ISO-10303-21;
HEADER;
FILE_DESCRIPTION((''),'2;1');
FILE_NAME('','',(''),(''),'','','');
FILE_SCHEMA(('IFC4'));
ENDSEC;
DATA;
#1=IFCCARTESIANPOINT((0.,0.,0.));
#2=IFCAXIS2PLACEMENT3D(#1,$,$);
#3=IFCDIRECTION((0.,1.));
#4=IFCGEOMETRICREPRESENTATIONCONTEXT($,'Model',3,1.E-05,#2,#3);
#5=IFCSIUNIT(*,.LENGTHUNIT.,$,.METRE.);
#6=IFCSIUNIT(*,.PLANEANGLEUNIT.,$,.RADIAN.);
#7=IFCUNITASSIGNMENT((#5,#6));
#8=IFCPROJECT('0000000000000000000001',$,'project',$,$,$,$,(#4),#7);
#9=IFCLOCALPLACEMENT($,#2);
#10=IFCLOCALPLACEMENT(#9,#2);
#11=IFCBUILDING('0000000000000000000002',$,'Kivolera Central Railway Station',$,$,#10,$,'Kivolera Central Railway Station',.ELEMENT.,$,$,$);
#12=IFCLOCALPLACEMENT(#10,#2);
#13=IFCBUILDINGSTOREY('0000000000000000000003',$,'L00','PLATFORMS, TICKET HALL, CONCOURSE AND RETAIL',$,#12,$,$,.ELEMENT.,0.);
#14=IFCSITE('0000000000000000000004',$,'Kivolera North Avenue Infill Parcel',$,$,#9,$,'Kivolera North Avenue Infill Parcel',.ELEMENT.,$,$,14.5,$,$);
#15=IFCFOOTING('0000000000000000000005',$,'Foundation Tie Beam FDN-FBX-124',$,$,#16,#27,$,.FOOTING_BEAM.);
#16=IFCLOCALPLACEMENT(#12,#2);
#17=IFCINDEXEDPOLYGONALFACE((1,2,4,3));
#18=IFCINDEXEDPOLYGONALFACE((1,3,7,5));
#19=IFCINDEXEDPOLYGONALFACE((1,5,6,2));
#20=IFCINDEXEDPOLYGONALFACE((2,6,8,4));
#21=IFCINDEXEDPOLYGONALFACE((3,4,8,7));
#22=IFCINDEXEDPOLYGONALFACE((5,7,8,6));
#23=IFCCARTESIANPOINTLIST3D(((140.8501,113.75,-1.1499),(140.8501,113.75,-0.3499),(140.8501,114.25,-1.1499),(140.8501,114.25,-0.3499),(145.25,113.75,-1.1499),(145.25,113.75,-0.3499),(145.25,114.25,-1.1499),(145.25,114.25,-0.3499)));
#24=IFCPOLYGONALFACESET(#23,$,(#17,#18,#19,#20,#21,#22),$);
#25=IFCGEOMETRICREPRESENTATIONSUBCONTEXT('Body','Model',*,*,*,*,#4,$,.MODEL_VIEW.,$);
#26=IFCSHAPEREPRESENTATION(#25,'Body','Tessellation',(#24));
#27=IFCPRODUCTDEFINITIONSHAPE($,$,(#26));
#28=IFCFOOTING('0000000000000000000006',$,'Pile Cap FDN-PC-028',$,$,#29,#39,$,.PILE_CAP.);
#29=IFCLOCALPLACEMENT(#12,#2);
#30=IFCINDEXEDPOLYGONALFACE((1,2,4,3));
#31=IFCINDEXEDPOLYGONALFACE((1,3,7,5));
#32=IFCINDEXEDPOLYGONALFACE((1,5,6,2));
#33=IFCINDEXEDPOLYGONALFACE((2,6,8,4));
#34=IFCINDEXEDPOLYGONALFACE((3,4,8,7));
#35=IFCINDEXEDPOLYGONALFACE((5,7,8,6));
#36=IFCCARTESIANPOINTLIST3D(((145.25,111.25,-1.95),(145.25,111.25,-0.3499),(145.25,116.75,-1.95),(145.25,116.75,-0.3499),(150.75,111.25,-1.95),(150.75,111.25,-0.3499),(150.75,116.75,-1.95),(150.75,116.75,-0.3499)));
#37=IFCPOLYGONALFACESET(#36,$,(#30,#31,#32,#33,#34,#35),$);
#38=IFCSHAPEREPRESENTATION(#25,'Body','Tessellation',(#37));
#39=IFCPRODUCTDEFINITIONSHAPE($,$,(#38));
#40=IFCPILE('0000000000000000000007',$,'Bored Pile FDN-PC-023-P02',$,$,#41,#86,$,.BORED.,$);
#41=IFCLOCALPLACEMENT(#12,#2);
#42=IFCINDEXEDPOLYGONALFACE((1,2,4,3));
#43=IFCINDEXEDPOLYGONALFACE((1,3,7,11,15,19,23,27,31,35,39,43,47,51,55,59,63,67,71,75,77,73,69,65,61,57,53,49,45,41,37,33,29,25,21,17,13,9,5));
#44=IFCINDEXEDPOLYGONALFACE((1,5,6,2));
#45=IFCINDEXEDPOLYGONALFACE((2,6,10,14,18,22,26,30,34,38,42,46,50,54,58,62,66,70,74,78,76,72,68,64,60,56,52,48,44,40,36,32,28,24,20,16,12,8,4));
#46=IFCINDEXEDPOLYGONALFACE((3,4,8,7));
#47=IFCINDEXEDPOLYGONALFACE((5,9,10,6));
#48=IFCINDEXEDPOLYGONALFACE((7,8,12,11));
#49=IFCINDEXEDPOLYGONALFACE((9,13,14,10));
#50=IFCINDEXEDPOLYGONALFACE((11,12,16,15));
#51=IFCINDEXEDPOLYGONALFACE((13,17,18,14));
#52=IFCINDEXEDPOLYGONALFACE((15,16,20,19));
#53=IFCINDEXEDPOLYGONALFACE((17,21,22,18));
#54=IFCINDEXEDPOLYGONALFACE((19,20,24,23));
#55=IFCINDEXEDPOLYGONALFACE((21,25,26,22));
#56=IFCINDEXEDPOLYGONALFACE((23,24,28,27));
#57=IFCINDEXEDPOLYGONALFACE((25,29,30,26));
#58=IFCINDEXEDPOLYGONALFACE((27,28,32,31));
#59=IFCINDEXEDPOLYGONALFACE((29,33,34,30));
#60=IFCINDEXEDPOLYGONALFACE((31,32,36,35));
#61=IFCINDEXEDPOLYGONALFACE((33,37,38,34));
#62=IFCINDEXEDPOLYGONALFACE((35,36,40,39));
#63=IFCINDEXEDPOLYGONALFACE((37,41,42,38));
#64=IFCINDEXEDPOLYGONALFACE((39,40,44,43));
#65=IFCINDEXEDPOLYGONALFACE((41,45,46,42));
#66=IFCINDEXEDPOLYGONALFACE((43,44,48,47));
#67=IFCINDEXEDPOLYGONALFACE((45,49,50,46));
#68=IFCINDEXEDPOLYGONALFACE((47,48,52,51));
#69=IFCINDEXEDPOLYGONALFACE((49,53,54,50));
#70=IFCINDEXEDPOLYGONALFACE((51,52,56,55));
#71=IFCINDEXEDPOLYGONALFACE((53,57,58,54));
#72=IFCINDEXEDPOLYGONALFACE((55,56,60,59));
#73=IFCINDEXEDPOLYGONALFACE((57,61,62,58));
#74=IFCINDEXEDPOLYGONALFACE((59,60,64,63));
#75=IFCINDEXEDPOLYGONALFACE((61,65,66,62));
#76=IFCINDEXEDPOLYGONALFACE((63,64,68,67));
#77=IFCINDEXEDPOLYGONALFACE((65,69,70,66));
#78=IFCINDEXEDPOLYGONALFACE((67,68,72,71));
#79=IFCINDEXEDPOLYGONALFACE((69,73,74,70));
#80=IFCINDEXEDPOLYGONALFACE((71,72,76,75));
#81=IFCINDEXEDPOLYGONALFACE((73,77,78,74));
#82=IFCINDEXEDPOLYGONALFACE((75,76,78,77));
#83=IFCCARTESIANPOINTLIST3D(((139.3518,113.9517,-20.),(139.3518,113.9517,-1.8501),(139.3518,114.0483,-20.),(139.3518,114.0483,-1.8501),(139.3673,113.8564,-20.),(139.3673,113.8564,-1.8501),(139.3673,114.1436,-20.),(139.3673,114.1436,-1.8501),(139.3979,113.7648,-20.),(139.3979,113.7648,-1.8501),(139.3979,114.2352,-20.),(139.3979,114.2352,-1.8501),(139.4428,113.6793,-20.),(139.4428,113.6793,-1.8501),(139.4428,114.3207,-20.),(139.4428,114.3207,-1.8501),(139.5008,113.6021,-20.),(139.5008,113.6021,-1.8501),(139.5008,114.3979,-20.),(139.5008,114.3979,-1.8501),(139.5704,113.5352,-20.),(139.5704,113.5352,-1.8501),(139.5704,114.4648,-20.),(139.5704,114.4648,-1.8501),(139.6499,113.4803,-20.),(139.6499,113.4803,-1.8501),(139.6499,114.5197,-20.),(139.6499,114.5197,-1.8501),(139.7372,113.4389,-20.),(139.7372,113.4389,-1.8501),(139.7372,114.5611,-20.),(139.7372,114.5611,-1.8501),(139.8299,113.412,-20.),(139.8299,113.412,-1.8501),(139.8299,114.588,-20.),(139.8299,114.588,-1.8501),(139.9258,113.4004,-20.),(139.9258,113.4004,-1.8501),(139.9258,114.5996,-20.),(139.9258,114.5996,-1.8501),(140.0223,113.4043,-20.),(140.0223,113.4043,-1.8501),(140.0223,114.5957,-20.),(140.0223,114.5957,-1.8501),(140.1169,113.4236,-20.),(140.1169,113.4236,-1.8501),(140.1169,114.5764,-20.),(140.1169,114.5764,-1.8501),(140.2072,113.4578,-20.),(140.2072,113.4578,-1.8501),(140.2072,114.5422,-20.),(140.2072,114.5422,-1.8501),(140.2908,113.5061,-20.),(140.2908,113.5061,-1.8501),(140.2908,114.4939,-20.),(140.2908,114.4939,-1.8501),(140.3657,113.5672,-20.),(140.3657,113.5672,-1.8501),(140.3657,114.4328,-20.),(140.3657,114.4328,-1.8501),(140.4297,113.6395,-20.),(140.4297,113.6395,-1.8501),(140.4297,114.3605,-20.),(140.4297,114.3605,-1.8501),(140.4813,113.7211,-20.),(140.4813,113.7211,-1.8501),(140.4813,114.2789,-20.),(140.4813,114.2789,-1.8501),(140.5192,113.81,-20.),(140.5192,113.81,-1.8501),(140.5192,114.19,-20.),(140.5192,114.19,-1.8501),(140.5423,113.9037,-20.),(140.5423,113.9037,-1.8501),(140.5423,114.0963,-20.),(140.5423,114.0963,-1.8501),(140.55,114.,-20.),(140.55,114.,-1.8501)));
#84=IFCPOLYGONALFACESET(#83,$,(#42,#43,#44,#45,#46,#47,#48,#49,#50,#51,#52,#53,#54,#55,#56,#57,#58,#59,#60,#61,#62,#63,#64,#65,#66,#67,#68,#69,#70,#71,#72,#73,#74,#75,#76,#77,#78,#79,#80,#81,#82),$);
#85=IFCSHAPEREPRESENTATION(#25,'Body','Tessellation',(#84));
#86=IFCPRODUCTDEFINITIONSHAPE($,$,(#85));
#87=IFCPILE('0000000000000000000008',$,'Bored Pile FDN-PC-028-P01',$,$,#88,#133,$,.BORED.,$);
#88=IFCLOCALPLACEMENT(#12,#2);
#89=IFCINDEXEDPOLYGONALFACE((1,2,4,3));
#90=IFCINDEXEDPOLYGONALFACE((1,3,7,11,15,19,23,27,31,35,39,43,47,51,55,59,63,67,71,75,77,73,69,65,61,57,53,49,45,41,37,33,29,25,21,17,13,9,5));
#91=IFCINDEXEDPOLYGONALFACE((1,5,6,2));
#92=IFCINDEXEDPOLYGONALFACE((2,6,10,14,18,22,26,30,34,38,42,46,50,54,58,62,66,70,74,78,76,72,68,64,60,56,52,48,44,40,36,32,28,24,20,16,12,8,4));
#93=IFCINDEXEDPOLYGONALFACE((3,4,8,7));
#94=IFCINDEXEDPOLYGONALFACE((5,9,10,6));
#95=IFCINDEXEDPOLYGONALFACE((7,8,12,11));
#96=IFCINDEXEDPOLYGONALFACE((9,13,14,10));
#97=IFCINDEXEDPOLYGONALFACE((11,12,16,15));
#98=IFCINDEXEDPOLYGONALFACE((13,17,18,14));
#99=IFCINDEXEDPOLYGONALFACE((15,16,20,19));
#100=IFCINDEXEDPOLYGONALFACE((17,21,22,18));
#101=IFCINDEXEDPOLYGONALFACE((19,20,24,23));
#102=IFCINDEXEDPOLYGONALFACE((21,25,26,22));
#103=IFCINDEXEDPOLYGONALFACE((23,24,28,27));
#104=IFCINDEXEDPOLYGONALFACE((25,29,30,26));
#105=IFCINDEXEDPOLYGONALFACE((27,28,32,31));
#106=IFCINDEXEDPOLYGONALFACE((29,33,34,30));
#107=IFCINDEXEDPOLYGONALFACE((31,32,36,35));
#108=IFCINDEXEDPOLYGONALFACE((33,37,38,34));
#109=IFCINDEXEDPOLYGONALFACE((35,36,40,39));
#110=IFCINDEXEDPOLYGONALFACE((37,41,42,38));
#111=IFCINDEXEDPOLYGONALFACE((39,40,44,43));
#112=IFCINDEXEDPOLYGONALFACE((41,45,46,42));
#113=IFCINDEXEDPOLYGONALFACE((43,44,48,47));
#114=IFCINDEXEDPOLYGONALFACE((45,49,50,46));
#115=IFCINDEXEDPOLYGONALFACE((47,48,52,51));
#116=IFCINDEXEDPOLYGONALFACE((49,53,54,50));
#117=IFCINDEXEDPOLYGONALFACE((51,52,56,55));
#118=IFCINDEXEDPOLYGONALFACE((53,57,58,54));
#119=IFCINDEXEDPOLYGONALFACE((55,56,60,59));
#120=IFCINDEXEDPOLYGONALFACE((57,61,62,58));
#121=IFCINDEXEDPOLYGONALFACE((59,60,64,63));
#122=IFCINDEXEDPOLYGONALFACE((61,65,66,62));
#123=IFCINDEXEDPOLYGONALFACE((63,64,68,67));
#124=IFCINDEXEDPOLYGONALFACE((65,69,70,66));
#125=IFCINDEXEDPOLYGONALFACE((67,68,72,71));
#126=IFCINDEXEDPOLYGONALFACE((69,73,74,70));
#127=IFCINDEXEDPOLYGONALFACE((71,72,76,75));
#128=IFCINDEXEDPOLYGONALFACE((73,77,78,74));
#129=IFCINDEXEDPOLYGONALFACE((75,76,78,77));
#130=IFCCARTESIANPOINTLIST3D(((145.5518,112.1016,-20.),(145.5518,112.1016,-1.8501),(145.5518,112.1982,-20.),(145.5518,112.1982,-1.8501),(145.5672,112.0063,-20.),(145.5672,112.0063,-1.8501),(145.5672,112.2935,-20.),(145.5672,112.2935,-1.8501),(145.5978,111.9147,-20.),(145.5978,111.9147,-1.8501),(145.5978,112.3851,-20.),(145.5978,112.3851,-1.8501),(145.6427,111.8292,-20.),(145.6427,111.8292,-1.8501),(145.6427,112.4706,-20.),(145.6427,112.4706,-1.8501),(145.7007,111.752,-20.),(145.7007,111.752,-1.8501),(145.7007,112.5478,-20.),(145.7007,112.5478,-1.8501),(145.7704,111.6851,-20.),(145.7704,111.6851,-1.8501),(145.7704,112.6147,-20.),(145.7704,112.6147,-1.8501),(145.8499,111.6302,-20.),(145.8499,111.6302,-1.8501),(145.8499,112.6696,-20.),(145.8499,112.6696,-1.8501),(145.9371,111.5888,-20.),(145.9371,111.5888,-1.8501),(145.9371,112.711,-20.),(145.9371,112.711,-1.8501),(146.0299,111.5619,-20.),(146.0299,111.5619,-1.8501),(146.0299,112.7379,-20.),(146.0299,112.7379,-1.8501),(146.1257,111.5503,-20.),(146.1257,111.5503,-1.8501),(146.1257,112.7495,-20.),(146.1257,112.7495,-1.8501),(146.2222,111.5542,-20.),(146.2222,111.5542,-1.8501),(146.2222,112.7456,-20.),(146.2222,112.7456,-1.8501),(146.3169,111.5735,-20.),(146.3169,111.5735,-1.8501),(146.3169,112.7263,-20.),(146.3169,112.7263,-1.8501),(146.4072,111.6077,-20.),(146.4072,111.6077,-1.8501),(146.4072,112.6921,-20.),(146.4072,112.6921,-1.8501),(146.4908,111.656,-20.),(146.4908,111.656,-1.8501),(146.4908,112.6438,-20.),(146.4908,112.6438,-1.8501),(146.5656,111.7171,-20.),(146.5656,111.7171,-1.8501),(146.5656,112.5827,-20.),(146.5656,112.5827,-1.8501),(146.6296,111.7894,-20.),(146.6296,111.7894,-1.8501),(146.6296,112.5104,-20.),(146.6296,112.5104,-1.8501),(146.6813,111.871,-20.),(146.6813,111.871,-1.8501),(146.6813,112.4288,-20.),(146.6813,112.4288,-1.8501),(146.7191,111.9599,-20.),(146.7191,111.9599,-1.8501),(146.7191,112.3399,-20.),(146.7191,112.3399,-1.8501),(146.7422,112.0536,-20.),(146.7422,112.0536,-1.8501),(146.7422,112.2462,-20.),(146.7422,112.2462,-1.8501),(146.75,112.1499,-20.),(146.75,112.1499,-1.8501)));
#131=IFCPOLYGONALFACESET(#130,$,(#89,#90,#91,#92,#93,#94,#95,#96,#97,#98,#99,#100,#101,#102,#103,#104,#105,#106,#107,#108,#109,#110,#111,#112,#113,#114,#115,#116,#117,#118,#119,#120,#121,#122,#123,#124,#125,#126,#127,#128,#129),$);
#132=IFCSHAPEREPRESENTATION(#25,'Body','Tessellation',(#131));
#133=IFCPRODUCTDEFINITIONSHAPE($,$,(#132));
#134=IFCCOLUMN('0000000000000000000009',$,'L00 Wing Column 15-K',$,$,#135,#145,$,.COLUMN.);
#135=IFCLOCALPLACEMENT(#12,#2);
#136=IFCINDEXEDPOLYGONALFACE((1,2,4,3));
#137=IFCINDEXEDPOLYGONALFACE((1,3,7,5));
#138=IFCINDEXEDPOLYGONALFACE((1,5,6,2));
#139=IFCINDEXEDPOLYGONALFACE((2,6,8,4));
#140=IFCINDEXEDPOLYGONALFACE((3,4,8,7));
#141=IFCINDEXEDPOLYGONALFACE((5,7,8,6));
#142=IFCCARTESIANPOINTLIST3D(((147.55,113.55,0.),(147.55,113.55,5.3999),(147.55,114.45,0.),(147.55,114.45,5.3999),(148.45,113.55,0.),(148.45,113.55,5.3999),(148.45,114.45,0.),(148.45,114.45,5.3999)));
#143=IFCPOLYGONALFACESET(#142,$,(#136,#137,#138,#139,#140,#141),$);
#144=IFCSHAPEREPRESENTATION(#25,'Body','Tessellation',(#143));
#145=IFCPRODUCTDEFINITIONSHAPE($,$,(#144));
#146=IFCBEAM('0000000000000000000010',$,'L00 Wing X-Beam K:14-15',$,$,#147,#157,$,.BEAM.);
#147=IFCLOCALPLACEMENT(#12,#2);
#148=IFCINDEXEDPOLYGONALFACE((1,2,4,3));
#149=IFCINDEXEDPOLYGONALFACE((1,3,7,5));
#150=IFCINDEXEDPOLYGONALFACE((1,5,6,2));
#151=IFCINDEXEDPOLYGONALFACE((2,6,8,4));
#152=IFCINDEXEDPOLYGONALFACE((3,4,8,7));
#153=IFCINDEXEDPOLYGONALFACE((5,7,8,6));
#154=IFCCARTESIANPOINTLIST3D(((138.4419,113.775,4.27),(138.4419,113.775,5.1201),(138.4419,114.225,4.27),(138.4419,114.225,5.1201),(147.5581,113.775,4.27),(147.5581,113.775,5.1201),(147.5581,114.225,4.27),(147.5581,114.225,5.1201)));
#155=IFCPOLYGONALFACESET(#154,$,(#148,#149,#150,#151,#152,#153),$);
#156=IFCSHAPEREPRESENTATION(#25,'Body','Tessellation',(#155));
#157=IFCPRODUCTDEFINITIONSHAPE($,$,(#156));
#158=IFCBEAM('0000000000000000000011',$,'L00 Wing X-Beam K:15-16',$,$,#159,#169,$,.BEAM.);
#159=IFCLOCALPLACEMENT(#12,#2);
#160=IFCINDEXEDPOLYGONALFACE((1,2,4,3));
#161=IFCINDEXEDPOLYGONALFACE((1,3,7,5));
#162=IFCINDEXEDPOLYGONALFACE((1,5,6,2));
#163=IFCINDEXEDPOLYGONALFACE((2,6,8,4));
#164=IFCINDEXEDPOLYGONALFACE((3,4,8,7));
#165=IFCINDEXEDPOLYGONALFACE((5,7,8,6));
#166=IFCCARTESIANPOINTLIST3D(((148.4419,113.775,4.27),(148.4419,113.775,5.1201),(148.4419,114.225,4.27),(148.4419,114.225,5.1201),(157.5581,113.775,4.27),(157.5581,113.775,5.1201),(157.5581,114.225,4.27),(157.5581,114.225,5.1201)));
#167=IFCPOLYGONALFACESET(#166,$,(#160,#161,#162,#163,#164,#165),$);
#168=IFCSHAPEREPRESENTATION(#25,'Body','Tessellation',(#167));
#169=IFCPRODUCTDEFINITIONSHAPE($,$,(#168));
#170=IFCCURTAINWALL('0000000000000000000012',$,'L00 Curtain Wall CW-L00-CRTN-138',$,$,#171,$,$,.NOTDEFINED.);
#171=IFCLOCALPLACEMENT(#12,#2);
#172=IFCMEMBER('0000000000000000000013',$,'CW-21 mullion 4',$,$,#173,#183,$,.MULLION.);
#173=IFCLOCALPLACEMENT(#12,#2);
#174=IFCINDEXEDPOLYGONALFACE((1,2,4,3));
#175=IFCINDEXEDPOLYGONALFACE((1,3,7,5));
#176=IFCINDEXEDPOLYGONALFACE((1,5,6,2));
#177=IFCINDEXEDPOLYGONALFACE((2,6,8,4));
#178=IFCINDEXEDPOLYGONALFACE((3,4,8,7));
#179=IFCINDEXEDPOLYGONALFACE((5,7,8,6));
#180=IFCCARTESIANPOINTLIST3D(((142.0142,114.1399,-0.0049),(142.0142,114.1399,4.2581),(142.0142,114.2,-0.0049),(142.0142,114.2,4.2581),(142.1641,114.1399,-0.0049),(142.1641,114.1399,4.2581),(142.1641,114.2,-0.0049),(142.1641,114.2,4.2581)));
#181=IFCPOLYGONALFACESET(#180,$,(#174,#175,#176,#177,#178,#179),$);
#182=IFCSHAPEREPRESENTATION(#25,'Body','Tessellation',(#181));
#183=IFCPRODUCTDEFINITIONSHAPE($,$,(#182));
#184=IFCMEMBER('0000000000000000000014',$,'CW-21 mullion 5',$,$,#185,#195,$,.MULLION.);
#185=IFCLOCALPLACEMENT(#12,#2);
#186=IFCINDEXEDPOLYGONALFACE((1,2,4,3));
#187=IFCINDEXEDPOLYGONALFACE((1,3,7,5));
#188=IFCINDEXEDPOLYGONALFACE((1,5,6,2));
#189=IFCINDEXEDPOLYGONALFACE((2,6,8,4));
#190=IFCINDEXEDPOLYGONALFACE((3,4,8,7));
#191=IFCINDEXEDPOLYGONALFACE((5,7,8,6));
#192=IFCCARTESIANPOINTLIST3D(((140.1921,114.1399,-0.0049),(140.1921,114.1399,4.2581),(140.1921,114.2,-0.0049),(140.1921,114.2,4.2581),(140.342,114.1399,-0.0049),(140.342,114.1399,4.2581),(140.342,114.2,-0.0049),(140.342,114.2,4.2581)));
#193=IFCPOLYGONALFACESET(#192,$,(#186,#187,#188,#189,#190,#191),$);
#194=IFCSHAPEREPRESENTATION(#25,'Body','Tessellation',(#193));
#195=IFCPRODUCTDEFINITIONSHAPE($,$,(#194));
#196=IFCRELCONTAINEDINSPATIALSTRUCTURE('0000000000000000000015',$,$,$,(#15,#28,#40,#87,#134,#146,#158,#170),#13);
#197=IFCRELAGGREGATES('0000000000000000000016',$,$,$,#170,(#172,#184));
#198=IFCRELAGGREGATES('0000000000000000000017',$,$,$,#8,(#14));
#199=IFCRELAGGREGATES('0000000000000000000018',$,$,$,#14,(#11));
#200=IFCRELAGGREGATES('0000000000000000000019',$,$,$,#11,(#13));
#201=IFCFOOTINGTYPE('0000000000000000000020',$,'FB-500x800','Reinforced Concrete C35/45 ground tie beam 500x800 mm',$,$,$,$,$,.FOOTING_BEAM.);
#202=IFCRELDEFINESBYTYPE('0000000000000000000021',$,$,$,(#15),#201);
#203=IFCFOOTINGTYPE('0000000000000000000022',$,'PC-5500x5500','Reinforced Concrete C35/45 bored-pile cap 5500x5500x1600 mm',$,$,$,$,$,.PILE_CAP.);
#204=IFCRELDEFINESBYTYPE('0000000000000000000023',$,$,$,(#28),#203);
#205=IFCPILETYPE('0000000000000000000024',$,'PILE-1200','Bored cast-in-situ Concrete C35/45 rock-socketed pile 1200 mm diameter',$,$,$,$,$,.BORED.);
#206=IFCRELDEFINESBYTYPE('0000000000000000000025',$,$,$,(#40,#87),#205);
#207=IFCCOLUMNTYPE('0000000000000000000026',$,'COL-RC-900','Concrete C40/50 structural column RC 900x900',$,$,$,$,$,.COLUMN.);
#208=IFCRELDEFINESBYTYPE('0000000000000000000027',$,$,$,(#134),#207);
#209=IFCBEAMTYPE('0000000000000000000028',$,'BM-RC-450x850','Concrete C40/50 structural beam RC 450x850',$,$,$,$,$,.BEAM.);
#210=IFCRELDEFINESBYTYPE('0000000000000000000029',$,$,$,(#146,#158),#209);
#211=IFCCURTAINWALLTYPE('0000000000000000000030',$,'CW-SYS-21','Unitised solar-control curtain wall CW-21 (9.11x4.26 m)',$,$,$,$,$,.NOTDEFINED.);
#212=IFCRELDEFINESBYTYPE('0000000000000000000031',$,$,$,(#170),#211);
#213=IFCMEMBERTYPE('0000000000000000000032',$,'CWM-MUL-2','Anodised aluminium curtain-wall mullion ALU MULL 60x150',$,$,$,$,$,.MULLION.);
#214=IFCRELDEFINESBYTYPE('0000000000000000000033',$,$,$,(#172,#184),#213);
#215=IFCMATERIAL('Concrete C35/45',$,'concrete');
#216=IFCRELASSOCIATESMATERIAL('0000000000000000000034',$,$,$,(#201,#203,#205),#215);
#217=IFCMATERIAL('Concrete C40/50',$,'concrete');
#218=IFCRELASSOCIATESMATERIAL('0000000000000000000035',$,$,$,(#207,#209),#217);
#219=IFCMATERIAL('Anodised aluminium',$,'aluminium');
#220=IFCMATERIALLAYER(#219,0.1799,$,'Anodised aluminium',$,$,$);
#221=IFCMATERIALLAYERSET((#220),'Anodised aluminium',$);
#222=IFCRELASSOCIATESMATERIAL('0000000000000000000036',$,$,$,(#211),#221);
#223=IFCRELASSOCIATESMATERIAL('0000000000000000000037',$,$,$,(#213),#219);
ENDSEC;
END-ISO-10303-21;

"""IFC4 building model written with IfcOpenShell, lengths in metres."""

from ifc_helpers import new_model, si_unit, direction, frame, origin, origin_2d, place, context, subcontext, project, spatial, rectangle, circle, extrude, material, layer, layer_set, material_profile, profile_set, type_object, element, aggregate, save


model = new_model("IFC4")

# Units and contexts
model_context = context("Model", 3, precision=1e-05, world=origin(), true_north=direction((0.0, 1.0)))
body_context = subcontext(model_context, "Body", "Model", "MODEL_VIEW")
ifc_project = project(units=[si_unit("LENGTHUNIT", "METRE"), si_unit("PLANEANGLEUNIT", "RADIAN")], contexts=[model_context])

# Site, building, storey
site_placement = place(None, origin())
site = spatial("IfcSite", under=ifc_project, at=site_placement, Name="Kivolera North Avenue Infill Parcel", LongName="Kivolera North Avenue Infill Parcel", CompositionType="ELEMENT", RefElevation=14.5)
building_placement = place(site_placement, origin())
building = spatial("IfcBuilding", under=site, at=building_placement, Name="Kivolera Central Railway Station", LongName="Kivolera Central Railway Station", CompositionType="ELEMENT")
storey_placement = place(building_placement, origin())
storey = spatial("IfcBuildingStorey", under=building, at=storey_placement, Name="L00", Description="PLATFORMS, TICKET HALL, CONCOURSE AND RETAIL", CompositionType="ELEMENT", Elevation=0.0)

# Footings
ifc_material_1 = material(Name="Concrete C35/45", Category="concrete")
footing_type_1 = type_object("IfcFootingType", Name="FB-500x800", Description="Reinforced Concrete C35/45 ground tie beam 500x800 mm", PredefinedType="FOOTING_BEAM", material=ifc_material_1)
footing_1_placement = place(storey_placement, frame((143.05, 114.0, -1.1499), z_axis=(0.0, 0.0, 1.0), x_axis=(1.0, 0.0, 0.0)))
element("IfcFooting", 1, at=footing_1_placement, inside=storey, type_object=footing_type_1, Name="Foundation Tie Beam FDN-FBX-124", PredefinedType="FOOTING_BEAM", context=body_context, shape_type="SweptSolid", body=[
    extrude(rectangle(XDim=4.3999, YDim=0.5, at=origin_2d()), origin(), (0.0, 0.0, 1.0), 0.8),
])
footing_type_2 = type_object("IfcFootingType", Name="PC-5500x5500", Description="Reinforced Concrete C35/45 bored-pile cap 5500x5500x1600 mm", PredefinedType="PILE_CAP", material=ifc_material_1)
footing_2_placement = place(storey_placement, frame((148.0, 114.0, -1.95), z_axis=(0.0, 0.0, 1.0), x_axis=(1.0, 0.0, 0.0)))
element("IfcFooting", 2, at=footing_2_placement, inside=storey, type_object=footing_type_2, Name="Pile Cap FDN-PC-028", PredefinedType="PILE_CAP", context=body_context, shape_type="SweptSolid", body=[
    extrude(rectangle(XDim=5.5, YDim=5.5, at=origin_2d()), origin(), (0.0, 0.0, 1.0), 1.6001),
])

# Piles
ifc_material_profile_1 = material_profile(ifc_material_1, circle(Radius=0.6001, at=origin_2d()), Name="PILE D1200")
ifc_profile_set_1 = profile_set([ifc_material_profile_1], Name="Concrete C35/45")
pile_type = type_object("IfcPileType", Name="PILE-1200", Description="Bored cast-in-situ Concrete C35/45 rock-socketed pile 1200 mm diameter", PredefinedType="BORED", material=ifc_profile_set_1)
for number, where, z_axis, x_axis, name in (
    (3, (139.95, 114.0, -1.8501), (0.0, 0.0, -1.0), (1.0, 0.0, 0.0), "Bored Pile FDN-PC-023-P02"),
    (4, (146.1499, 112.1499, -1.8501), (0.0, 0.0, -1.0), (1.0, 0.0, 0.0), "Bored Pile FDN-PC-028-P01"),
):
    element("IfcPile", number, at=place(storey_placement, frame(where, z_axis=z_axis, x_axis=x_axis)), inside=storey, type_object=pile_type, Name=name, PredefinedType="BORED", context=body_context, shape_type="SweptSolid", body=[
        extrude(circle(Radius=0.6001, at=origin_2d()), origin(), (0.0, 0.0, 1.0), 18.1499),
    ])

# Column
ifc_material_2 = material(Name="Concrete C40/50", Category="concrete")
ifc_material_profile_2 = material_profile(ifc_material_2, rectangle(XDim=0.8999, YDim=0.8999, at=origin_2d()), Name="RC 900x900")
ifc_profile_set_2 = profile_set([ifc_material_profile_2], Name="Concrete C40/50")
column_type = type_object("IfcColumnType", Name="COL-RC-900", Description="Concrete C40/50 structural column RC 900x900", PredefinedType="COLUMN", material=ifc_profile_set_2)
column_placement = place(storey_placement, frame((148.0, 114.0, 0.0), z_axis=(0.0, 0.0, 1.0), x_axis=(1.0, 0.0, 0.0)))
element("IfcColumn", 5, at=column_placement, inside=storey, type_object=column_type, Name="L00 Wing Column 15-K", PredefinedType="COLUMN", context=body_context, shape_type="SweptSolid", body=[
    extrude(rectangle(XDim=0.8999, YDim=0.8999, at=origin_2d()), origin(), (0.0, 0.0, 1.0), 5.3999),
])

# Beams
ifc_material_profile_3 = material_profile(ifc_material_2, rectangle(XDim=0.45, YDim=0.8501, at=origin_2d()), Name="RC 450x850")
ifc_profile_set_3 = profile_set([ifc_material_profile_3], Name="Concrete C40/50")
beam_type = type_object("IfcBeamType", Name="BM-RC-450x850", Description="Concrete C40/50 structural beam RC 450x850", PredefinedType="BEAM", material=ifc_profile_set_3)
for number, where, z_axis, x_axis, name in (
    (6, (138.4419, 114.0, 4.6951), (1.0, 0.0, 0.0), (0.0, 1.0, 0.0), "L00 Wing X-Beam K:14-15"),
    (7, (148.4419, 114.0, 4.6951), (1.0, 0.0, 0.0), (0.0, 1.0, 0.0), "L00 Wing X-Beam K:15-16"),
):
    element("IfcBeam", number, at=place(storey_placement, frame(where, z_axis=z_axis, x_axis=x_axis)), inside=storey, type_object=beam_type, Name=name, PredefinedType="BEAM", context=body_context, shape_type="SweptSolid", body=[
        extrude(rectangle(XDim=0.45, YDim=0.8501, at=origin_2d()), origin(), (0.0, 0.0, 1.0), 9.1162),
    ])

# Curtain wall, members
ifc_material_3 = material(Name="Anodised aluminium", Category="aluminium")
ifc_layer_1 = layer(ifc_material_3, 0.1799, Name="Anodised aluminium")
ifc_layer_set_1 = layer_set([ifc_layer_1], Name="Anodised aluminium")
curtain_wall_type = type_object("IfcCurtainWallType", Name="CW-SYS-21", Description="Unitised solar-control curtain wall CW-21 (9.11x4.26 m)", PredefinedType="NOTDEFINED", material=ifc_layer_set_1)
curtain_wall_placement = place(storey_placement, origin())
curtain_wall = element("IfcCurtainWall", 8, at=curtain_wall_placement, inside=storey, type_object=curtain_wall_type, Name="L00 Curtain Wall CW-L00-CRTN-138", PredefinedType="NOTDEFINED")
ifc_material_profile_4 = material_profile(ifc_material_3, rectangle(XDim=0.0601, YDim=0.1499, at=origin_2d()), Name="ALU MULL 60x150")
ifc_profile_set_4 = profile_set([ifc_material_profile_4], Name="Anodised aluminium")
member_type_1 = type_object("IfcMemberType", Name="CWM-MUL-2", Description="Anodised aluminium curtain-wall mullion ALU MULL 60x150", PredefinedType="MULLION", material=ifc_profile_set_4)
member_1_placement = place(storey_placement, frame((142.0891, 114.1699, -0.0049), z_axis=(0.0, 0.0, 1.0), x_axis=(0.0, -1.0, 0.0)))
member_1 = element("IfcMember", 9, at=member_1_placement, type_object=member_type_1, Name="CW-21 mullion 4", PredefinedType="MULLION", context=body_context, shape_type="SweptSolid", body=[
    extrude(rectangle(XDim=0.0601, YDim=0.1499, at=origin_2d()), origin(), (0.0, 0.0, 1.0), 4.2629),
])
member_2_placement = place(storey_placement, frame((140.2671, 114.1699, -0.0049), z_axis=(0.0, 0.0, 1.0), x_axis=(0.0, -1.0, 0.0)))
member_2 = element("IfcMember", 10, at=member_2_placement, type_object=member_type_1, Name="CW-21 mullion 5", PredefinedType="MULLION", context=body_context, shape_type="SweptSolid", body=[
    extrude(rectangle(XDim=0.0601, YDim=0.1499, at=origin_2d()), origin(), (0.0, 0.0, 1.0), 4.2629),
])
aggregate(curtain_wall, [member_1, member_2])

save(model, "model.ifc")
